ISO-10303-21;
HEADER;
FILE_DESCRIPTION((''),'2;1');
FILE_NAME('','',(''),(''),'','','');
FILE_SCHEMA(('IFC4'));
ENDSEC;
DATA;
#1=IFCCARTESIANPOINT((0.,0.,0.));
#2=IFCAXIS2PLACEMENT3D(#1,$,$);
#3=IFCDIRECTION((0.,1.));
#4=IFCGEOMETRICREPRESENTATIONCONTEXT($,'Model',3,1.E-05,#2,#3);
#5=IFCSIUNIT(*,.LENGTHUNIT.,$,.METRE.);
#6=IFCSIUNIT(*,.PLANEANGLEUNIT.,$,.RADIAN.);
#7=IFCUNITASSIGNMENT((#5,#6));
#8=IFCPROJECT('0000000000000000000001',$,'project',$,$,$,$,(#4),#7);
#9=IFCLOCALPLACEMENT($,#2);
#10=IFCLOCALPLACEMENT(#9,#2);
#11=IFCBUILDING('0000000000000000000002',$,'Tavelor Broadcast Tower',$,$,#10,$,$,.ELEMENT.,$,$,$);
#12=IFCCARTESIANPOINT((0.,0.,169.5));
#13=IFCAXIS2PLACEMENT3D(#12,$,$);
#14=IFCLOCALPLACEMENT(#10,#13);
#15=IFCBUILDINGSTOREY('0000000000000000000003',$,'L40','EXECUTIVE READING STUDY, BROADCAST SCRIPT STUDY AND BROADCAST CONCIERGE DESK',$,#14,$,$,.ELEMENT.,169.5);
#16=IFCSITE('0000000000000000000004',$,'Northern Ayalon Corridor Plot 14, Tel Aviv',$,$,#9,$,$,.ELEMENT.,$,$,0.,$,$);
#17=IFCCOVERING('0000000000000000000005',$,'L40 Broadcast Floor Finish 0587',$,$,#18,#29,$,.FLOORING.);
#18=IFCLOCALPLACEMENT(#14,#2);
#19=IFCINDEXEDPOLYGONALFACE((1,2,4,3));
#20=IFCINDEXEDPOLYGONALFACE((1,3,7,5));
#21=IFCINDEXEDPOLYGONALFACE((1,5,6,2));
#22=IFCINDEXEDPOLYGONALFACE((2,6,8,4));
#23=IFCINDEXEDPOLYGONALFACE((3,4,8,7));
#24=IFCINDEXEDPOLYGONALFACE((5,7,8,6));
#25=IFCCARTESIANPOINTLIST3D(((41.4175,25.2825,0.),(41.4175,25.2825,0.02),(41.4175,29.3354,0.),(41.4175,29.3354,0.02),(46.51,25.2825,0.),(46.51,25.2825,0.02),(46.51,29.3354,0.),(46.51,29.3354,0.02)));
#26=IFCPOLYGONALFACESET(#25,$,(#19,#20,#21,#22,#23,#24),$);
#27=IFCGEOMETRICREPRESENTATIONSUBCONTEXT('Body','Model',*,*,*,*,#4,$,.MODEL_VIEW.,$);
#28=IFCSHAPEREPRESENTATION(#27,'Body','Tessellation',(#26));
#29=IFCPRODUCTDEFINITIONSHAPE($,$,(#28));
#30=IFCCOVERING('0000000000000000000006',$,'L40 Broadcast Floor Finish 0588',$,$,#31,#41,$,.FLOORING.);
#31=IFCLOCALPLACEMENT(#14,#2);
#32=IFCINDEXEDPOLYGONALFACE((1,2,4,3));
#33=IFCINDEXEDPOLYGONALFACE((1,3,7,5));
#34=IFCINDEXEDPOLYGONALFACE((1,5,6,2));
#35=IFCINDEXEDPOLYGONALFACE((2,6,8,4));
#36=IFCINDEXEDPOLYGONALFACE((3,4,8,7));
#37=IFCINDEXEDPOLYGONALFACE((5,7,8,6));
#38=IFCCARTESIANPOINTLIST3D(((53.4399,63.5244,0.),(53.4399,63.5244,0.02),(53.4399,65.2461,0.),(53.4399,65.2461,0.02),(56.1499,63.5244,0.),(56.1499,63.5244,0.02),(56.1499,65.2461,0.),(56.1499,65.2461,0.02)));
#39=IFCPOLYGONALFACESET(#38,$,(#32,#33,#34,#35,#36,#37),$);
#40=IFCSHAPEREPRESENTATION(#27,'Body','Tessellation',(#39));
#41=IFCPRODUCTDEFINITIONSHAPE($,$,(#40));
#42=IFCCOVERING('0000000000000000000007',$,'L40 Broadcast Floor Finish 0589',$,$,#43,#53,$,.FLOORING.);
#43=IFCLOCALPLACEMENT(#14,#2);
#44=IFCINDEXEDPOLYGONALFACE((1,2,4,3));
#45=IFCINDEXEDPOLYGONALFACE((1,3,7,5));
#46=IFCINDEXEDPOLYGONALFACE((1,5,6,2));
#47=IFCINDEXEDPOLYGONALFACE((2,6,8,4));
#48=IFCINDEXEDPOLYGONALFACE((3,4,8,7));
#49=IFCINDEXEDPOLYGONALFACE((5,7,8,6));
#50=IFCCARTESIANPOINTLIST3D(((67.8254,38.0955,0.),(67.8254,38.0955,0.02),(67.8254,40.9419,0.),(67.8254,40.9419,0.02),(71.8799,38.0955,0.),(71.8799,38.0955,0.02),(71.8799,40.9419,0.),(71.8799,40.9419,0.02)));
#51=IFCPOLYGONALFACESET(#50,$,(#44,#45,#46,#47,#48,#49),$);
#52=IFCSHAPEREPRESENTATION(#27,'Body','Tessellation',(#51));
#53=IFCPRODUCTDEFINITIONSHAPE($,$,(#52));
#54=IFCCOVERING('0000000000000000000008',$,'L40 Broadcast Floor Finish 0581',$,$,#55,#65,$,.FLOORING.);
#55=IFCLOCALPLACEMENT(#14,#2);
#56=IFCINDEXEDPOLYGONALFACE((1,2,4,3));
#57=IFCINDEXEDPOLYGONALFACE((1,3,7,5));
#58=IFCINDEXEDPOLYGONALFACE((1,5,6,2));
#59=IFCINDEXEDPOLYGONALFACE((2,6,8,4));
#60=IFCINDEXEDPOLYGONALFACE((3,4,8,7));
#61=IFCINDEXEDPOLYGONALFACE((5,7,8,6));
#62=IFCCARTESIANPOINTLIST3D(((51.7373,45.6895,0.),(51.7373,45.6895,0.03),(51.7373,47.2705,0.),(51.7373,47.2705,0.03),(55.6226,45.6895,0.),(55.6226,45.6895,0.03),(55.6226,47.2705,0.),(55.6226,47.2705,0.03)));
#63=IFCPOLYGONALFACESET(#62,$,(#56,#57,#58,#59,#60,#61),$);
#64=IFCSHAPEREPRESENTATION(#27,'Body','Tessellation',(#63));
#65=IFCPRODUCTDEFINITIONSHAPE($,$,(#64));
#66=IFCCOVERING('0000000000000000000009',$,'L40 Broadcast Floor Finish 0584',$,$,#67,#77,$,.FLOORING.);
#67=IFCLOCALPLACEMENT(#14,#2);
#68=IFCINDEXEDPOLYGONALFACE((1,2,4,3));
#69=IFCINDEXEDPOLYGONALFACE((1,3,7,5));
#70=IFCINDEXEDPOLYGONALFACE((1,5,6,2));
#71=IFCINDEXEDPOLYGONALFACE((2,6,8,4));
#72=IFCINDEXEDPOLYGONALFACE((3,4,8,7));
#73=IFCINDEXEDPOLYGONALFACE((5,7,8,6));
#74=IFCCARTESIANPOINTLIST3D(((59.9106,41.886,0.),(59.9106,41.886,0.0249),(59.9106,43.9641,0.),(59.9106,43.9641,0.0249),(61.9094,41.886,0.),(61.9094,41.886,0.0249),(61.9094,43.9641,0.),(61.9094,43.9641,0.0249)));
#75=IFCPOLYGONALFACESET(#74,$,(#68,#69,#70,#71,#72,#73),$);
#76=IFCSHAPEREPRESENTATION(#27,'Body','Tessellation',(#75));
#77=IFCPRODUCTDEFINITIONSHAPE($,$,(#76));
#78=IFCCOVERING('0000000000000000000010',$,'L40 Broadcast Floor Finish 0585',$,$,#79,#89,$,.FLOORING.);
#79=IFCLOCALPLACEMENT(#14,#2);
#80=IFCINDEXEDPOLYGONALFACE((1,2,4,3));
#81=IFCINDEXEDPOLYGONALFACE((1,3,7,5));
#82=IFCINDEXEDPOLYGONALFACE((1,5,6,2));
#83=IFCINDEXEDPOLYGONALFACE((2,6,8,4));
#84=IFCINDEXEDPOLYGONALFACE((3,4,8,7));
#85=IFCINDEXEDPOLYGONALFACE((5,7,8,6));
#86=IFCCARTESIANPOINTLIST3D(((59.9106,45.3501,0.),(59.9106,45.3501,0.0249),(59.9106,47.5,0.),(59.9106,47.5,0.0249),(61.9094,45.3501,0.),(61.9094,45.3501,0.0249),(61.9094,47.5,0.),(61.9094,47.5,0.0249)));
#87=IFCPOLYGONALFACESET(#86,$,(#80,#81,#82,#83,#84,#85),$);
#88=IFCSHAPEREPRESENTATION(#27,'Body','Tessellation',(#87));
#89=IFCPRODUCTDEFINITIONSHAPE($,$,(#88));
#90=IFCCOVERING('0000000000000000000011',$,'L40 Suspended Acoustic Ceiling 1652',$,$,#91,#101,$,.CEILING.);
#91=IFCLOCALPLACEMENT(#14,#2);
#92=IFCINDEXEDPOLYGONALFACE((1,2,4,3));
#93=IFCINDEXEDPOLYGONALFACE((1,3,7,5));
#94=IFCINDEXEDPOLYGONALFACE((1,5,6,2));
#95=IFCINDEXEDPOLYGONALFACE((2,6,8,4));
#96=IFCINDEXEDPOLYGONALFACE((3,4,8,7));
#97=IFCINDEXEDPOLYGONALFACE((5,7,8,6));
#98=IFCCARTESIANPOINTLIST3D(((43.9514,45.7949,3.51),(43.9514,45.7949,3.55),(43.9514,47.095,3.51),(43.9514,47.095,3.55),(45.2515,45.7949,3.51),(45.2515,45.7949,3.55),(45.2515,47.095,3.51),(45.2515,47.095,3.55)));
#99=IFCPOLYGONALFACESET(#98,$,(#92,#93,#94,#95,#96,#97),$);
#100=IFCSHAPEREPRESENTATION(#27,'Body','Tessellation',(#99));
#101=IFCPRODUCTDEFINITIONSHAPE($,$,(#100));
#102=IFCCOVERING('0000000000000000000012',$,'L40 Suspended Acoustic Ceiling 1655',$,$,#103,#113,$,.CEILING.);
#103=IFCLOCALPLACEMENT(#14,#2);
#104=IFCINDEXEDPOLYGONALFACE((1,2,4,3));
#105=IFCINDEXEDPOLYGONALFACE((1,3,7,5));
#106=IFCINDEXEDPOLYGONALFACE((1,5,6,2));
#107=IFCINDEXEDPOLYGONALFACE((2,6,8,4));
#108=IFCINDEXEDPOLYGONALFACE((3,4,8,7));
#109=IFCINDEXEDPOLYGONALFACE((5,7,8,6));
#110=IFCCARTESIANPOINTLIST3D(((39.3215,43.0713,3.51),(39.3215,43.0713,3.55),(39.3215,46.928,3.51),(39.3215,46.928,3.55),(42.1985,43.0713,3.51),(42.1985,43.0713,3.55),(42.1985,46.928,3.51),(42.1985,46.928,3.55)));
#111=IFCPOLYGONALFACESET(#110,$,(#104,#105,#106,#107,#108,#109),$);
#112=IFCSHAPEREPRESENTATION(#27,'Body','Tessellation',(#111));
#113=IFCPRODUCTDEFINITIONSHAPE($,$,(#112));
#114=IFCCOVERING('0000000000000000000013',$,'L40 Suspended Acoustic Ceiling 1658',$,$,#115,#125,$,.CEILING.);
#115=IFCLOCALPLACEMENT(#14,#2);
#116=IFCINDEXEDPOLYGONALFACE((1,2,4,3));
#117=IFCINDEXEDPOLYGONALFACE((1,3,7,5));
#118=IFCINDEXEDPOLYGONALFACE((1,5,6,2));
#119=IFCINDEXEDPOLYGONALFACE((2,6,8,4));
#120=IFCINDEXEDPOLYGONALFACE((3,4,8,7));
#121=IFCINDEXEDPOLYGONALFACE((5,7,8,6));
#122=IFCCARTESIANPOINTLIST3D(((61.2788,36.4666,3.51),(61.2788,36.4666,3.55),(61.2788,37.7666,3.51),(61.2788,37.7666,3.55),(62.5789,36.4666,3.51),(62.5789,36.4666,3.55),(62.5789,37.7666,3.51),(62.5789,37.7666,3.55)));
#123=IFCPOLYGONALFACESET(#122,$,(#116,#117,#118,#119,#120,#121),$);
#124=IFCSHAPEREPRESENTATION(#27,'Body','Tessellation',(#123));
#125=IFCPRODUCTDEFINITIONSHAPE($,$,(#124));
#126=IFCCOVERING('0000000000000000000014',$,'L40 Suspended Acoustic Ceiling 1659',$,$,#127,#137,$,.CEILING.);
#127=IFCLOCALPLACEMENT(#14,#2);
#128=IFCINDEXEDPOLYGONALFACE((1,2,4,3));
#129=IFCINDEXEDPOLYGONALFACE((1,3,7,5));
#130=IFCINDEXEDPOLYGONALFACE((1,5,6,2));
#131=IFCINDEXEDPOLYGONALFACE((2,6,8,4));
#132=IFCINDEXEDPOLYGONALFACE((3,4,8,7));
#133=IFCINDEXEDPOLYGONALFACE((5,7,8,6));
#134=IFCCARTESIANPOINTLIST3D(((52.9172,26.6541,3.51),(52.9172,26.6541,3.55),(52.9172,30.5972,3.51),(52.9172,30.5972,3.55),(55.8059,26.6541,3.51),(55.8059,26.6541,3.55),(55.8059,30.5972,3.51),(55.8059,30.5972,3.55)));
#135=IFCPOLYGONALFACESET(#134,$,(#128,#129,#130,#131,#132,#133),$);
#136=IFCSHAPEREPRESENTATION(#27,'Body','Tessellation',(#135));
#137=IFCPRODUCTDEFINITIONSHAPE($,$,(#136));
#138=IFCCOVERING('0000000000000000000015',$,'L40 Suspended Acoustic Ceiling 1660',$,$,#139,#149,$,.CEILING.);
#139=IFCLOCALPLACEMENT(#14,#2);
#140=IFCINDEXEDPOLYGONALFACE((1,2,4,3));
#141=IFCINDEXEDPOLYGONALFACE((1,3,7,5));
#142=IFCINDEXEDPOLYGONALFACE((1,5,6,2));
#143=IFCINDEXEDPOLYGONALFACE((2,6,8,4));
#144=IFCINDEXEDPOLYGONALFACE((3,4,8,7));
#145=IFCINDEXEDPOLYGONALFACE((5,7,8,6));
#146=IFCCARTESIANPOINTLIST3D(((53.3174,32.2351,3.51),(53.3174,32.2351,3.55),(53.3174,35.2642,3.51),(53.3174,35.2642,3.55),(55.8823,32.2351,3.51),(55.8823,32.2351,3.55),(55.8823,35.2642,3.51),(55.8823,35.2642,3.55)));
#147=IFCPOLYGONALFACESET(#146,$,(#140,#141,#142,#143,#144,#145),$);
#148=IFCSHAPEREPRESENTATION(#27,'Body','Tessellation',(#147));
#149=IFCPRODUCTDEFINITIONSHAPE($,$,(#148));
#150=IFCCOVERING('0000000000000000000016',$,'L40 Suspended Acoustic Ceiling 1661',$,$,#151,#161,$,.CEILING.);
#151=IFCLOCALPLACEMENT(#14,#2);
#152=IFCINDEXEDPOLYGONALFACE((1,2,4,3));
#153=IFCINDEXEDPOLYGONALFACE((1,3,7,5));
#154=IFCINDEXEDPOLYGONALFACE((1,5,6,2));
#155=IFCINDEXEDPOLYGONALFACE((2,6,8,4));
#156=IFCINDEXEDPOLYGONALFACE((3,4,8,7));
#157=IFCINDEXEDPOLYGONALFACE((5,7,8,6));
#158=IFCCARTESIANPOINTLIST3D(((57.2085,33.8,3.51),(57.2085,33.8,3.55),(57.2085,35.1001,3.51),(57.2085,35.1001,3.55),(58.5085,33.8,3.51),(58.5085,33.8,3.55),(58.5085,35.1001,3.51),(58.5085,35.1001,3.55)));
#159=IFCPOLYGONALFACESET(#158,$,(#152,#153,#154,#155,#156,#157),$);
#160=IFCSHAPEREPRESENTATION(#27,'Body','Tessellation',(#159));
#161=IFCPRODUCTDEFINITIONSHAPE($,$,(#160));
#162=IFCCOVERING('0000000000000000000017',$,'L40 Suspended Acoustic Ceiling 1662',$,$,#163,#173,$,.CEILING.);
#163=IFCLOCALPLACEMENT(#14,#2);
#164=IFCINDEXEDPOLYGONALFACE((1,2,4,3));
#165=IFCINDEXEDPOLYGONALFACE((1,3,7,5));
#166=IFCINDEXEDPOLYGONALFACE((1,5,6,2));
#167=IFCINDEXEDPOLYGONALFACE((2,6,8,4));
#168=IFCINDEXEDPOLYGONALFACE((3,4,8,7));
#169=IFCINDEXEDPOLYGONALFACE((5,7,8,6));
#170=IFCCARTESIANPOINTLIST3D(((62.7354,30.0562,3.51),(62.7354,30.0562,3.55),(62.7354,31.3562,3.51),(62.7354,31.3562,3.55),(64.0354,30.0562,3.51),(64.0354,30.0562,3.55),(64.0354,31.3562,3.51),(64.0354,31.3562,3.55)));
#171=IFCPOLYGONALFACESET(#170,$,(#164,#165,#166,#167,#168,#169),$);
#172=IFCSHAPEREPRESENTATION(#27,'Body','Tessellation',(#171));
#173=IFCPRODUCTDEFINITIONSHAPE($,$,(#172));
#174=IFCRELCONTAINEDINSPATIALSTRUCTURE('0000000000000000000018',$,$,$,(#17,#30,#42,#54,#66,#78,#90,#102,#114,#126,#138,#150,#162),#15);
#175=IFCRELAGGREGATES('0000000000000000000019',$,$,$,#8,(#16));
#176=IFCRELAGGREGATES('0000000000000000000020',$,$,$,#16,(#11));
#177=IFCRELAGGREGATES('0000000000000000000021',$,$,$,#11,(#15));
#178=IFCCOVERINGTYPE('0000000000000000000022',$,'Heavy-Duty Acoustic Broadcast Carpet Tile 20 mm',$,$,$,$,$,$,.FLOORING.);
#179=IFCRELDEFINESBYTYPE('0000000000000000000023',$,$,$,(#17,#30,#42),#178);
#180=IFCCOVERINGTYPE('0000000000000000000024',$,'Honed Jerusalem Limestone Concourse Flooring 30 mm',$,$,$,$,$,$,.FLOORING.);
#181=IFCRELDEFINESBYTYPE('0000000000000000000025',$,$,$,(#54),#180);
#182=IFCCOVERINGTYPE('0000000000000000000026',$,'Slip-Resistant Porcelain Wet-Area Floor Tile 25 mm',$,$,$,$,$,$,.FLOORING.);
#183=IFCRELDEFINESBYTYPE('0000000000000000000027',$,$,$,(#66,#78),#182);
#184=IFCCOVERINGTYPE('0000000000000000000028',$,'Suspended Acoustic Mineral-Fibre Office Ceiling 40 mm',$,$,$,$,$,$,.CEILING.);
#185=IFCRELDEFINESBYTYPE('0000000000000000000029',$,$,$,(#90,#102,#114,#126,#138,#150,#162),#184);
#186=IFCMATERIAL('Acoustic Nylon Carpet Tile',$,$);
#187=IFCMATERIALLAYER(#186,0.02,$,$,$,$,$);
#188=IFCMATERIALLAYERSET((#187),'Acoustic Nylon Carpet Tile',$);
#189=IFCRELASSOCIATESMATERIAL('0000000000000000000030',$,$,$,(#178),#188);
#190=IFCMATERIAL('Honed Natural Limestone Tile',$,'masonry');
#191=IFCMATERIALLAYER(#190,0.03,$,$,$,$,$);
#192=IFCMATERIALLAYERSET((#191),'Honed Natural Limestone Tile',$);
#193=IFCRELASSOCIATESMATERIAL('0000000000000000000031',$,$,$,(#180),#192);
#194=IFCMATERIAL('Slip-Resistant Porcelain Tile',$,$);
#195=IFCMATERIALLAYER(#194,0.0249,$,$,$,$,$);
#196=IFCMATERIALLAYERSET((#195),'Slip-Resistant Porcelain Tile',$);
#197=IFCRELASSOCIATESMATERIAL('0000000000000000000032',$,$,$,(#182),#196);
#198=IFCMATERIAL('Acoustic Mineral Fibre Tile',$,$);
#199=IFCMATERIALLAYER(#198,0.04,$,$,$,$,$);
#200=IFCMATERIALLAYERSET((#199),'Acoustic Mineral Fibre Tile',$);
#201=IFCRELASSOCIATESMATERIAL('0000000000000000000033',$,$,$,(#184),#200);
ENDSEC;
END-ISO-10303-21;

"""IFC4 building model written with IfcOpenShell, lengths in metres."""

from ifc_helpers import new_model, si_unit, direction, frame, origin, place, context, subcontext, project, spatial, polyline, outline, extrude, material, layer, layer_set, type_object, element, save


model = new_model("IFC4")

# Units and contexts
model_context = context("Model", 3, precision=1e-05, world=origin(), true_north=direction((0.0, 1.0)))
body_context = subcontext(model_context, "Body", "Model", "MODEL_VIEW")
ifc_project = project(units=[si_unit("LENGTHUNIT", "METRE"), si_unit("PLANEANGLEUNIT", "RADIAN")], contexts=[model_context])

# Site, building, storey
site_placement = place(None, origin())
site = spatial("IfcSite", under=ifc_project, at=site_placement, Name="Northern Ayalon Corridor Plot 14, Tel Aviv", CompositionType="ELEMENT", RefElevation=0.0)
building_placement = place(site_placement, origin())
building = spatial("IfcBuilding", under=site, at=building_placement, Name="Tavelor Broadcast Tower", CompositionType="ELEMENT")
storey_placement = place(building_placement, frame((0.0, 0.0, 169.5)))
storey = spatial("IfcBuildingStorey", under=building, at=storey_placement, Name="L40", Description="EXECUTIVE READING STUDY, BROADCAST SCRIPT STUDY AND BROADCAST CONCIERGE DESK", CompositionType="ELEMENT", Elevation=169.5)

# Coverings
ifc_material_1 = material(Name="Acoustic Nylon Carpet Tile")
ifc_layer_1 = layer(ifc_material_1, 0.02)
ifc_layer_set_1 = layer_set([ifc_layer_1], Name="Acoustic Nylon Carpet Tile")
covering_type_1 = type_object("IfcCoveringType", Name="Heavy-Duty Acoustic Broadcast Carpet Tile 20 mm", PredefinedType="FLOORING", material=ifc_layer_set_1)
covering_1_placement = place(storey_placement, origin())
element("IfcCovering", 1, at=covering_1_placement, inside=storey, type_object=covering_type_1, Name="L40 Broadcast Floor Finish 0587", PredefinedType="FLOORING", context=body_context, shape_type="SweptSolid", body=[
    extrude(outline(polyline([(41.4175, 25.2825), (46.51, 25.2825), (46.51, 29.3354), (41.4175, 29.3354), (41.4175, 25.2825)])), origin(), (0.0, 0.0, 1.0), 0.02),
])
covering_2_placement = place(storey_placement, origin())
element("IfcCovering", 2, at=covering_2_placement, inside=storey, type_object=covering_type_1, Name="L40 Broadcast Floor Finish 0588", PredefinedType="FLOORING", context=body_context, shape_type="SweptSolid", body=[
    extrude(outline(polyline([(53.4399, 63.5244), (56.1499, 63.5244), (56.1499, 65.2461), (53.4399, 65.2461), (53.4399, 63.5244)])), origin(), (0.0, 0.0, 1.0), 0.02),
])
covering_3_placement = place(storey_placement, origin())
element("IfcCovering", 3, at=covering_3_placement, inside=storey, type_object=covering_type_1, Name="L40 Broadcast Floor Finish 0589", PredefinedType="FLOORING", context=body_context, shape_type="SweptSolid", body=[
    extrude(outline(polyline([(67.8254, 38.0955), (71.8799, 38.0955), (71.8799, 40.9419), (67.8254, 40.9419), (67.8254, 38.0955)])), origin(), (0.0, 0.0, 1.0), 0.02),
])
ifc_material_2 = material(Name="Honed Natural Limestone Tile", Category="masonry")
ifc_layer_2 = layer(ifc_material_2, 0.03)
ifc_layer_set_2 = layer_set([ifc_layer_2], Name="Honed Natural Limestone Tile")
covering_type_2 = type_object("IfcCoveringType", Name="Honed Jerusalem Limestone Concourse Flooring 30 mm", PredefinedType="FLOORING", material=ifc_layer_set_2)
covering_4_placement = place(storey_placement, origin())
element("IfcCovering", 4, at=covering_4_placement, inside=storey, type_object=covering_type_2, Name="L40 Broadcast Floor Finish 0581", PredefinedType="FLOORING", context=body_context, shape_type="SweptSolid", body=[
    extrude(outline(polyline([(51.7373, 45.6895), (55.6226, 45.6895), (55.6226, 47.2705), (51.7373, 47.2705), (51.7373, 45.6895)])), origin(), (0.0, 0.0, 1.0), 0.03),
])
ifc_material_3 = material(Name="Slip-Resistant Porcelain Tile")
ifc_layer_3 = layer(ifc_material_3, 0.0249)
ifc_layer_set_3 = layer_set([ifc_layer_3], Name="Slip-Resistant Porcelain Tile")
covering_type_3 = type_object("IfcCoveringType", Name="Slip-Resistant Porcelain Wet-Area Floor Tile 25 mm", PredefinedType="FLOORING", material=ifc_layer_set_3)
covering_5_placement = place(storey_placement, origin())
element("IfcCovering", 5, at=covering_5_placement, inside=storey, type_object=covering_type_3, Name="L40 Broadcast Floor Finish 0584", PredefinedType="FLOORING", context=body_context, shape_type="SweptSolid", body=[
    extrude(outline(polyline([(59.9106, 41.886), (61.9094, 41.886), (61.9094, 43.9641), (59.9106, 43.9641), (59.9106, 41.886)])), origin(), (0.0, 0.0, 1.0), 0.0249),
])
covering_6_placement = place(storey_placement, origin())
element("IfcCovering", 6, at=covering_6_placement, inside=storey, type_object=covering_type_3, Name="L40 Broadcast Floor Finish 0585", PredefinedType="FLOORING", context=body_context, shape_type="SweptSolid", body=[
    extrude(outline(polyline([(59.9106, 45.3501), (61.9094, 45.3501), (61.9094, 47.5), (59.9106, 47.5), (59.9106, 45.3501)])), origin(), (0.0, 0.0, 1.0), 0.0249),
])
ifc_material_4 = material(Name="Acoustic Mineral Fibre Tile")
ifc_layer_4 = layer(ifc_material_4, 0.04)
ifc_layer_set_4 = layer_set([ifc_layer_4], Name="Acoustic Mineral Fibre Tile")
covering_type_4 = type_object("IfcCoveringType", Name="Suspended Acoustic Mineral-Fibre Office Ceiling 40 mm", PredefinedType="CEILING", material=ifc_layer_set_4)
covering_7_placement = place(storey_placement, frame((0.0, 0.0, 3.51)))
element("IfcCovering", 7, at=covering_7_placement, inside=storey, type_object=covering_type_4, Name="L40 Suspended Acoustic Ceiling 1652", PredefinedType="CEILING", context=body_context, shape_type="SweptSolid", body=[
    extrude(outline(polyline([(43.9514, 45.7949), (45.2515, 45.7949), (45.2515, 47.095), (43.9514, 47.095), (43.9514, 45.7949)])), origin(), (0.0, 0.0, 1.0), 0.04),
])
covering_8_placement = place(storey_placement, frame((0.0, 0.0, 3.51)))
element("IfcCovering", 8, at=covering_8_placement, inside=storey, type_object=covering_type_4, Name="L40 Suspended Acoustic Ceiling 1655", PredefinedType="CEILING", context=body_context, shape_type="SweptSolid", body=[
    extrude(outline(polyline([(39.3215, 43.0713), (42.1985, 43.0713), (42.1985, 46.928), (39.3215, 46.928), (39.3215, 43.0713)])), origin(), (0.0, 0.0, 1.0), 0.04),
])
covering_9_placement = place(storey_placement, frame((0.0, 0.0, 3.51)))
element("IfcCovering", 9, at=covering_9_placement, inside=storey, type_object=covering_type_4, Name="L40 Suspended Acoustic Ceiling 1658", PredefinedType="CEILING", context=body_context, shape_type="SweptSolid", body=[
    extrude(outline(polyline([(61.2788, 36.4666), (62.5789, 36.4666), (62.5789, 37.7666), (61.2788, 37.7666), (61.2788, 36.4666)])), origin(), (0.0, 0.0, 1.0), 0.04),
])
covering_10_placement = place(storey_placement, frame((0.0, 0.0, 3.51)))
element("IfcCovering", 10, at=covering_10_placement, inside=storey, type_object=covering_type_4, Name="L40 Suspended Acoustic Ceiling 1659", PredefinedType="CEILING", context=body_context, shape_type="SweptSolid", body=[
    extrude(outline(polyline([(52.9172, 26.6541), (55.8059, 26.6541), (55.8059, 30.5972), (52.9172, 30.5972), (52.9172, 26.6541)])), origin(), (0.0, 0.0, 1.0), 0.04),
])
covering_11_placement = place(storey_placement, frame((0.0, 0.0, 3.51)))
element("IfcCovering", 11, at=covering_11_placement, inside=storey, type_object=covering_type_4, Name="L40 Suspended Acoustic Ceiling 1660", PredefinedType="CEILING", context=body_context, shape_type="SweptSolid", body=[
    extrude(outline(polyline([(53.3174, 32.2351), (55.8823, 32.2351), (55.8823, 35.2642), (53.3174, 35.2642), (53.3174, 32.2351)])), origin(), (0.0, 0.0, 1.0), 0.04),
])
covering_12_placement = place(storey_placement, frame((0.0, 0.0, 3.51)))
element("IfcCovering", 12, at=covering_12_placement, inside=storey, type_object=covering_type_4, Name="L40 Suspended Acoustic Ceiling 1661", PredefinedType="CEILING", context=body_context, shape_type="SweptSolid", body=[
    extrude(outline(polyline([(57.2085, 33.8), (58.5085, 33.8), (58.5085, 35.1001), (57.2085, 35.1001), (57.2085, 33.8)])), origin(), (0.0, 0.0, 1.0), 0.04),
])
covering_13_placement = place(storey_placement, frame((0.0, 0.0, 3.51)))
element("IfcCovering", 13, at=covering_13_placement, inside=storey, type_object=covering_type_4, Name="L40 Suspended Acoustic Ceiling 1662", PredefinedType="CEILING", context=body_context, shape_type="SweptSolid", body=[
    extrude(outline(polyline([(62.7354, 30.0562), (64.0354, 30.0562), (64.0354, 31.3562), (62.7354, 31.3562), (62.7354, 30.0562)])), origin(), (0.0, 0.0, 1.0), 0.04),
])

save(model, "model.ifc")
